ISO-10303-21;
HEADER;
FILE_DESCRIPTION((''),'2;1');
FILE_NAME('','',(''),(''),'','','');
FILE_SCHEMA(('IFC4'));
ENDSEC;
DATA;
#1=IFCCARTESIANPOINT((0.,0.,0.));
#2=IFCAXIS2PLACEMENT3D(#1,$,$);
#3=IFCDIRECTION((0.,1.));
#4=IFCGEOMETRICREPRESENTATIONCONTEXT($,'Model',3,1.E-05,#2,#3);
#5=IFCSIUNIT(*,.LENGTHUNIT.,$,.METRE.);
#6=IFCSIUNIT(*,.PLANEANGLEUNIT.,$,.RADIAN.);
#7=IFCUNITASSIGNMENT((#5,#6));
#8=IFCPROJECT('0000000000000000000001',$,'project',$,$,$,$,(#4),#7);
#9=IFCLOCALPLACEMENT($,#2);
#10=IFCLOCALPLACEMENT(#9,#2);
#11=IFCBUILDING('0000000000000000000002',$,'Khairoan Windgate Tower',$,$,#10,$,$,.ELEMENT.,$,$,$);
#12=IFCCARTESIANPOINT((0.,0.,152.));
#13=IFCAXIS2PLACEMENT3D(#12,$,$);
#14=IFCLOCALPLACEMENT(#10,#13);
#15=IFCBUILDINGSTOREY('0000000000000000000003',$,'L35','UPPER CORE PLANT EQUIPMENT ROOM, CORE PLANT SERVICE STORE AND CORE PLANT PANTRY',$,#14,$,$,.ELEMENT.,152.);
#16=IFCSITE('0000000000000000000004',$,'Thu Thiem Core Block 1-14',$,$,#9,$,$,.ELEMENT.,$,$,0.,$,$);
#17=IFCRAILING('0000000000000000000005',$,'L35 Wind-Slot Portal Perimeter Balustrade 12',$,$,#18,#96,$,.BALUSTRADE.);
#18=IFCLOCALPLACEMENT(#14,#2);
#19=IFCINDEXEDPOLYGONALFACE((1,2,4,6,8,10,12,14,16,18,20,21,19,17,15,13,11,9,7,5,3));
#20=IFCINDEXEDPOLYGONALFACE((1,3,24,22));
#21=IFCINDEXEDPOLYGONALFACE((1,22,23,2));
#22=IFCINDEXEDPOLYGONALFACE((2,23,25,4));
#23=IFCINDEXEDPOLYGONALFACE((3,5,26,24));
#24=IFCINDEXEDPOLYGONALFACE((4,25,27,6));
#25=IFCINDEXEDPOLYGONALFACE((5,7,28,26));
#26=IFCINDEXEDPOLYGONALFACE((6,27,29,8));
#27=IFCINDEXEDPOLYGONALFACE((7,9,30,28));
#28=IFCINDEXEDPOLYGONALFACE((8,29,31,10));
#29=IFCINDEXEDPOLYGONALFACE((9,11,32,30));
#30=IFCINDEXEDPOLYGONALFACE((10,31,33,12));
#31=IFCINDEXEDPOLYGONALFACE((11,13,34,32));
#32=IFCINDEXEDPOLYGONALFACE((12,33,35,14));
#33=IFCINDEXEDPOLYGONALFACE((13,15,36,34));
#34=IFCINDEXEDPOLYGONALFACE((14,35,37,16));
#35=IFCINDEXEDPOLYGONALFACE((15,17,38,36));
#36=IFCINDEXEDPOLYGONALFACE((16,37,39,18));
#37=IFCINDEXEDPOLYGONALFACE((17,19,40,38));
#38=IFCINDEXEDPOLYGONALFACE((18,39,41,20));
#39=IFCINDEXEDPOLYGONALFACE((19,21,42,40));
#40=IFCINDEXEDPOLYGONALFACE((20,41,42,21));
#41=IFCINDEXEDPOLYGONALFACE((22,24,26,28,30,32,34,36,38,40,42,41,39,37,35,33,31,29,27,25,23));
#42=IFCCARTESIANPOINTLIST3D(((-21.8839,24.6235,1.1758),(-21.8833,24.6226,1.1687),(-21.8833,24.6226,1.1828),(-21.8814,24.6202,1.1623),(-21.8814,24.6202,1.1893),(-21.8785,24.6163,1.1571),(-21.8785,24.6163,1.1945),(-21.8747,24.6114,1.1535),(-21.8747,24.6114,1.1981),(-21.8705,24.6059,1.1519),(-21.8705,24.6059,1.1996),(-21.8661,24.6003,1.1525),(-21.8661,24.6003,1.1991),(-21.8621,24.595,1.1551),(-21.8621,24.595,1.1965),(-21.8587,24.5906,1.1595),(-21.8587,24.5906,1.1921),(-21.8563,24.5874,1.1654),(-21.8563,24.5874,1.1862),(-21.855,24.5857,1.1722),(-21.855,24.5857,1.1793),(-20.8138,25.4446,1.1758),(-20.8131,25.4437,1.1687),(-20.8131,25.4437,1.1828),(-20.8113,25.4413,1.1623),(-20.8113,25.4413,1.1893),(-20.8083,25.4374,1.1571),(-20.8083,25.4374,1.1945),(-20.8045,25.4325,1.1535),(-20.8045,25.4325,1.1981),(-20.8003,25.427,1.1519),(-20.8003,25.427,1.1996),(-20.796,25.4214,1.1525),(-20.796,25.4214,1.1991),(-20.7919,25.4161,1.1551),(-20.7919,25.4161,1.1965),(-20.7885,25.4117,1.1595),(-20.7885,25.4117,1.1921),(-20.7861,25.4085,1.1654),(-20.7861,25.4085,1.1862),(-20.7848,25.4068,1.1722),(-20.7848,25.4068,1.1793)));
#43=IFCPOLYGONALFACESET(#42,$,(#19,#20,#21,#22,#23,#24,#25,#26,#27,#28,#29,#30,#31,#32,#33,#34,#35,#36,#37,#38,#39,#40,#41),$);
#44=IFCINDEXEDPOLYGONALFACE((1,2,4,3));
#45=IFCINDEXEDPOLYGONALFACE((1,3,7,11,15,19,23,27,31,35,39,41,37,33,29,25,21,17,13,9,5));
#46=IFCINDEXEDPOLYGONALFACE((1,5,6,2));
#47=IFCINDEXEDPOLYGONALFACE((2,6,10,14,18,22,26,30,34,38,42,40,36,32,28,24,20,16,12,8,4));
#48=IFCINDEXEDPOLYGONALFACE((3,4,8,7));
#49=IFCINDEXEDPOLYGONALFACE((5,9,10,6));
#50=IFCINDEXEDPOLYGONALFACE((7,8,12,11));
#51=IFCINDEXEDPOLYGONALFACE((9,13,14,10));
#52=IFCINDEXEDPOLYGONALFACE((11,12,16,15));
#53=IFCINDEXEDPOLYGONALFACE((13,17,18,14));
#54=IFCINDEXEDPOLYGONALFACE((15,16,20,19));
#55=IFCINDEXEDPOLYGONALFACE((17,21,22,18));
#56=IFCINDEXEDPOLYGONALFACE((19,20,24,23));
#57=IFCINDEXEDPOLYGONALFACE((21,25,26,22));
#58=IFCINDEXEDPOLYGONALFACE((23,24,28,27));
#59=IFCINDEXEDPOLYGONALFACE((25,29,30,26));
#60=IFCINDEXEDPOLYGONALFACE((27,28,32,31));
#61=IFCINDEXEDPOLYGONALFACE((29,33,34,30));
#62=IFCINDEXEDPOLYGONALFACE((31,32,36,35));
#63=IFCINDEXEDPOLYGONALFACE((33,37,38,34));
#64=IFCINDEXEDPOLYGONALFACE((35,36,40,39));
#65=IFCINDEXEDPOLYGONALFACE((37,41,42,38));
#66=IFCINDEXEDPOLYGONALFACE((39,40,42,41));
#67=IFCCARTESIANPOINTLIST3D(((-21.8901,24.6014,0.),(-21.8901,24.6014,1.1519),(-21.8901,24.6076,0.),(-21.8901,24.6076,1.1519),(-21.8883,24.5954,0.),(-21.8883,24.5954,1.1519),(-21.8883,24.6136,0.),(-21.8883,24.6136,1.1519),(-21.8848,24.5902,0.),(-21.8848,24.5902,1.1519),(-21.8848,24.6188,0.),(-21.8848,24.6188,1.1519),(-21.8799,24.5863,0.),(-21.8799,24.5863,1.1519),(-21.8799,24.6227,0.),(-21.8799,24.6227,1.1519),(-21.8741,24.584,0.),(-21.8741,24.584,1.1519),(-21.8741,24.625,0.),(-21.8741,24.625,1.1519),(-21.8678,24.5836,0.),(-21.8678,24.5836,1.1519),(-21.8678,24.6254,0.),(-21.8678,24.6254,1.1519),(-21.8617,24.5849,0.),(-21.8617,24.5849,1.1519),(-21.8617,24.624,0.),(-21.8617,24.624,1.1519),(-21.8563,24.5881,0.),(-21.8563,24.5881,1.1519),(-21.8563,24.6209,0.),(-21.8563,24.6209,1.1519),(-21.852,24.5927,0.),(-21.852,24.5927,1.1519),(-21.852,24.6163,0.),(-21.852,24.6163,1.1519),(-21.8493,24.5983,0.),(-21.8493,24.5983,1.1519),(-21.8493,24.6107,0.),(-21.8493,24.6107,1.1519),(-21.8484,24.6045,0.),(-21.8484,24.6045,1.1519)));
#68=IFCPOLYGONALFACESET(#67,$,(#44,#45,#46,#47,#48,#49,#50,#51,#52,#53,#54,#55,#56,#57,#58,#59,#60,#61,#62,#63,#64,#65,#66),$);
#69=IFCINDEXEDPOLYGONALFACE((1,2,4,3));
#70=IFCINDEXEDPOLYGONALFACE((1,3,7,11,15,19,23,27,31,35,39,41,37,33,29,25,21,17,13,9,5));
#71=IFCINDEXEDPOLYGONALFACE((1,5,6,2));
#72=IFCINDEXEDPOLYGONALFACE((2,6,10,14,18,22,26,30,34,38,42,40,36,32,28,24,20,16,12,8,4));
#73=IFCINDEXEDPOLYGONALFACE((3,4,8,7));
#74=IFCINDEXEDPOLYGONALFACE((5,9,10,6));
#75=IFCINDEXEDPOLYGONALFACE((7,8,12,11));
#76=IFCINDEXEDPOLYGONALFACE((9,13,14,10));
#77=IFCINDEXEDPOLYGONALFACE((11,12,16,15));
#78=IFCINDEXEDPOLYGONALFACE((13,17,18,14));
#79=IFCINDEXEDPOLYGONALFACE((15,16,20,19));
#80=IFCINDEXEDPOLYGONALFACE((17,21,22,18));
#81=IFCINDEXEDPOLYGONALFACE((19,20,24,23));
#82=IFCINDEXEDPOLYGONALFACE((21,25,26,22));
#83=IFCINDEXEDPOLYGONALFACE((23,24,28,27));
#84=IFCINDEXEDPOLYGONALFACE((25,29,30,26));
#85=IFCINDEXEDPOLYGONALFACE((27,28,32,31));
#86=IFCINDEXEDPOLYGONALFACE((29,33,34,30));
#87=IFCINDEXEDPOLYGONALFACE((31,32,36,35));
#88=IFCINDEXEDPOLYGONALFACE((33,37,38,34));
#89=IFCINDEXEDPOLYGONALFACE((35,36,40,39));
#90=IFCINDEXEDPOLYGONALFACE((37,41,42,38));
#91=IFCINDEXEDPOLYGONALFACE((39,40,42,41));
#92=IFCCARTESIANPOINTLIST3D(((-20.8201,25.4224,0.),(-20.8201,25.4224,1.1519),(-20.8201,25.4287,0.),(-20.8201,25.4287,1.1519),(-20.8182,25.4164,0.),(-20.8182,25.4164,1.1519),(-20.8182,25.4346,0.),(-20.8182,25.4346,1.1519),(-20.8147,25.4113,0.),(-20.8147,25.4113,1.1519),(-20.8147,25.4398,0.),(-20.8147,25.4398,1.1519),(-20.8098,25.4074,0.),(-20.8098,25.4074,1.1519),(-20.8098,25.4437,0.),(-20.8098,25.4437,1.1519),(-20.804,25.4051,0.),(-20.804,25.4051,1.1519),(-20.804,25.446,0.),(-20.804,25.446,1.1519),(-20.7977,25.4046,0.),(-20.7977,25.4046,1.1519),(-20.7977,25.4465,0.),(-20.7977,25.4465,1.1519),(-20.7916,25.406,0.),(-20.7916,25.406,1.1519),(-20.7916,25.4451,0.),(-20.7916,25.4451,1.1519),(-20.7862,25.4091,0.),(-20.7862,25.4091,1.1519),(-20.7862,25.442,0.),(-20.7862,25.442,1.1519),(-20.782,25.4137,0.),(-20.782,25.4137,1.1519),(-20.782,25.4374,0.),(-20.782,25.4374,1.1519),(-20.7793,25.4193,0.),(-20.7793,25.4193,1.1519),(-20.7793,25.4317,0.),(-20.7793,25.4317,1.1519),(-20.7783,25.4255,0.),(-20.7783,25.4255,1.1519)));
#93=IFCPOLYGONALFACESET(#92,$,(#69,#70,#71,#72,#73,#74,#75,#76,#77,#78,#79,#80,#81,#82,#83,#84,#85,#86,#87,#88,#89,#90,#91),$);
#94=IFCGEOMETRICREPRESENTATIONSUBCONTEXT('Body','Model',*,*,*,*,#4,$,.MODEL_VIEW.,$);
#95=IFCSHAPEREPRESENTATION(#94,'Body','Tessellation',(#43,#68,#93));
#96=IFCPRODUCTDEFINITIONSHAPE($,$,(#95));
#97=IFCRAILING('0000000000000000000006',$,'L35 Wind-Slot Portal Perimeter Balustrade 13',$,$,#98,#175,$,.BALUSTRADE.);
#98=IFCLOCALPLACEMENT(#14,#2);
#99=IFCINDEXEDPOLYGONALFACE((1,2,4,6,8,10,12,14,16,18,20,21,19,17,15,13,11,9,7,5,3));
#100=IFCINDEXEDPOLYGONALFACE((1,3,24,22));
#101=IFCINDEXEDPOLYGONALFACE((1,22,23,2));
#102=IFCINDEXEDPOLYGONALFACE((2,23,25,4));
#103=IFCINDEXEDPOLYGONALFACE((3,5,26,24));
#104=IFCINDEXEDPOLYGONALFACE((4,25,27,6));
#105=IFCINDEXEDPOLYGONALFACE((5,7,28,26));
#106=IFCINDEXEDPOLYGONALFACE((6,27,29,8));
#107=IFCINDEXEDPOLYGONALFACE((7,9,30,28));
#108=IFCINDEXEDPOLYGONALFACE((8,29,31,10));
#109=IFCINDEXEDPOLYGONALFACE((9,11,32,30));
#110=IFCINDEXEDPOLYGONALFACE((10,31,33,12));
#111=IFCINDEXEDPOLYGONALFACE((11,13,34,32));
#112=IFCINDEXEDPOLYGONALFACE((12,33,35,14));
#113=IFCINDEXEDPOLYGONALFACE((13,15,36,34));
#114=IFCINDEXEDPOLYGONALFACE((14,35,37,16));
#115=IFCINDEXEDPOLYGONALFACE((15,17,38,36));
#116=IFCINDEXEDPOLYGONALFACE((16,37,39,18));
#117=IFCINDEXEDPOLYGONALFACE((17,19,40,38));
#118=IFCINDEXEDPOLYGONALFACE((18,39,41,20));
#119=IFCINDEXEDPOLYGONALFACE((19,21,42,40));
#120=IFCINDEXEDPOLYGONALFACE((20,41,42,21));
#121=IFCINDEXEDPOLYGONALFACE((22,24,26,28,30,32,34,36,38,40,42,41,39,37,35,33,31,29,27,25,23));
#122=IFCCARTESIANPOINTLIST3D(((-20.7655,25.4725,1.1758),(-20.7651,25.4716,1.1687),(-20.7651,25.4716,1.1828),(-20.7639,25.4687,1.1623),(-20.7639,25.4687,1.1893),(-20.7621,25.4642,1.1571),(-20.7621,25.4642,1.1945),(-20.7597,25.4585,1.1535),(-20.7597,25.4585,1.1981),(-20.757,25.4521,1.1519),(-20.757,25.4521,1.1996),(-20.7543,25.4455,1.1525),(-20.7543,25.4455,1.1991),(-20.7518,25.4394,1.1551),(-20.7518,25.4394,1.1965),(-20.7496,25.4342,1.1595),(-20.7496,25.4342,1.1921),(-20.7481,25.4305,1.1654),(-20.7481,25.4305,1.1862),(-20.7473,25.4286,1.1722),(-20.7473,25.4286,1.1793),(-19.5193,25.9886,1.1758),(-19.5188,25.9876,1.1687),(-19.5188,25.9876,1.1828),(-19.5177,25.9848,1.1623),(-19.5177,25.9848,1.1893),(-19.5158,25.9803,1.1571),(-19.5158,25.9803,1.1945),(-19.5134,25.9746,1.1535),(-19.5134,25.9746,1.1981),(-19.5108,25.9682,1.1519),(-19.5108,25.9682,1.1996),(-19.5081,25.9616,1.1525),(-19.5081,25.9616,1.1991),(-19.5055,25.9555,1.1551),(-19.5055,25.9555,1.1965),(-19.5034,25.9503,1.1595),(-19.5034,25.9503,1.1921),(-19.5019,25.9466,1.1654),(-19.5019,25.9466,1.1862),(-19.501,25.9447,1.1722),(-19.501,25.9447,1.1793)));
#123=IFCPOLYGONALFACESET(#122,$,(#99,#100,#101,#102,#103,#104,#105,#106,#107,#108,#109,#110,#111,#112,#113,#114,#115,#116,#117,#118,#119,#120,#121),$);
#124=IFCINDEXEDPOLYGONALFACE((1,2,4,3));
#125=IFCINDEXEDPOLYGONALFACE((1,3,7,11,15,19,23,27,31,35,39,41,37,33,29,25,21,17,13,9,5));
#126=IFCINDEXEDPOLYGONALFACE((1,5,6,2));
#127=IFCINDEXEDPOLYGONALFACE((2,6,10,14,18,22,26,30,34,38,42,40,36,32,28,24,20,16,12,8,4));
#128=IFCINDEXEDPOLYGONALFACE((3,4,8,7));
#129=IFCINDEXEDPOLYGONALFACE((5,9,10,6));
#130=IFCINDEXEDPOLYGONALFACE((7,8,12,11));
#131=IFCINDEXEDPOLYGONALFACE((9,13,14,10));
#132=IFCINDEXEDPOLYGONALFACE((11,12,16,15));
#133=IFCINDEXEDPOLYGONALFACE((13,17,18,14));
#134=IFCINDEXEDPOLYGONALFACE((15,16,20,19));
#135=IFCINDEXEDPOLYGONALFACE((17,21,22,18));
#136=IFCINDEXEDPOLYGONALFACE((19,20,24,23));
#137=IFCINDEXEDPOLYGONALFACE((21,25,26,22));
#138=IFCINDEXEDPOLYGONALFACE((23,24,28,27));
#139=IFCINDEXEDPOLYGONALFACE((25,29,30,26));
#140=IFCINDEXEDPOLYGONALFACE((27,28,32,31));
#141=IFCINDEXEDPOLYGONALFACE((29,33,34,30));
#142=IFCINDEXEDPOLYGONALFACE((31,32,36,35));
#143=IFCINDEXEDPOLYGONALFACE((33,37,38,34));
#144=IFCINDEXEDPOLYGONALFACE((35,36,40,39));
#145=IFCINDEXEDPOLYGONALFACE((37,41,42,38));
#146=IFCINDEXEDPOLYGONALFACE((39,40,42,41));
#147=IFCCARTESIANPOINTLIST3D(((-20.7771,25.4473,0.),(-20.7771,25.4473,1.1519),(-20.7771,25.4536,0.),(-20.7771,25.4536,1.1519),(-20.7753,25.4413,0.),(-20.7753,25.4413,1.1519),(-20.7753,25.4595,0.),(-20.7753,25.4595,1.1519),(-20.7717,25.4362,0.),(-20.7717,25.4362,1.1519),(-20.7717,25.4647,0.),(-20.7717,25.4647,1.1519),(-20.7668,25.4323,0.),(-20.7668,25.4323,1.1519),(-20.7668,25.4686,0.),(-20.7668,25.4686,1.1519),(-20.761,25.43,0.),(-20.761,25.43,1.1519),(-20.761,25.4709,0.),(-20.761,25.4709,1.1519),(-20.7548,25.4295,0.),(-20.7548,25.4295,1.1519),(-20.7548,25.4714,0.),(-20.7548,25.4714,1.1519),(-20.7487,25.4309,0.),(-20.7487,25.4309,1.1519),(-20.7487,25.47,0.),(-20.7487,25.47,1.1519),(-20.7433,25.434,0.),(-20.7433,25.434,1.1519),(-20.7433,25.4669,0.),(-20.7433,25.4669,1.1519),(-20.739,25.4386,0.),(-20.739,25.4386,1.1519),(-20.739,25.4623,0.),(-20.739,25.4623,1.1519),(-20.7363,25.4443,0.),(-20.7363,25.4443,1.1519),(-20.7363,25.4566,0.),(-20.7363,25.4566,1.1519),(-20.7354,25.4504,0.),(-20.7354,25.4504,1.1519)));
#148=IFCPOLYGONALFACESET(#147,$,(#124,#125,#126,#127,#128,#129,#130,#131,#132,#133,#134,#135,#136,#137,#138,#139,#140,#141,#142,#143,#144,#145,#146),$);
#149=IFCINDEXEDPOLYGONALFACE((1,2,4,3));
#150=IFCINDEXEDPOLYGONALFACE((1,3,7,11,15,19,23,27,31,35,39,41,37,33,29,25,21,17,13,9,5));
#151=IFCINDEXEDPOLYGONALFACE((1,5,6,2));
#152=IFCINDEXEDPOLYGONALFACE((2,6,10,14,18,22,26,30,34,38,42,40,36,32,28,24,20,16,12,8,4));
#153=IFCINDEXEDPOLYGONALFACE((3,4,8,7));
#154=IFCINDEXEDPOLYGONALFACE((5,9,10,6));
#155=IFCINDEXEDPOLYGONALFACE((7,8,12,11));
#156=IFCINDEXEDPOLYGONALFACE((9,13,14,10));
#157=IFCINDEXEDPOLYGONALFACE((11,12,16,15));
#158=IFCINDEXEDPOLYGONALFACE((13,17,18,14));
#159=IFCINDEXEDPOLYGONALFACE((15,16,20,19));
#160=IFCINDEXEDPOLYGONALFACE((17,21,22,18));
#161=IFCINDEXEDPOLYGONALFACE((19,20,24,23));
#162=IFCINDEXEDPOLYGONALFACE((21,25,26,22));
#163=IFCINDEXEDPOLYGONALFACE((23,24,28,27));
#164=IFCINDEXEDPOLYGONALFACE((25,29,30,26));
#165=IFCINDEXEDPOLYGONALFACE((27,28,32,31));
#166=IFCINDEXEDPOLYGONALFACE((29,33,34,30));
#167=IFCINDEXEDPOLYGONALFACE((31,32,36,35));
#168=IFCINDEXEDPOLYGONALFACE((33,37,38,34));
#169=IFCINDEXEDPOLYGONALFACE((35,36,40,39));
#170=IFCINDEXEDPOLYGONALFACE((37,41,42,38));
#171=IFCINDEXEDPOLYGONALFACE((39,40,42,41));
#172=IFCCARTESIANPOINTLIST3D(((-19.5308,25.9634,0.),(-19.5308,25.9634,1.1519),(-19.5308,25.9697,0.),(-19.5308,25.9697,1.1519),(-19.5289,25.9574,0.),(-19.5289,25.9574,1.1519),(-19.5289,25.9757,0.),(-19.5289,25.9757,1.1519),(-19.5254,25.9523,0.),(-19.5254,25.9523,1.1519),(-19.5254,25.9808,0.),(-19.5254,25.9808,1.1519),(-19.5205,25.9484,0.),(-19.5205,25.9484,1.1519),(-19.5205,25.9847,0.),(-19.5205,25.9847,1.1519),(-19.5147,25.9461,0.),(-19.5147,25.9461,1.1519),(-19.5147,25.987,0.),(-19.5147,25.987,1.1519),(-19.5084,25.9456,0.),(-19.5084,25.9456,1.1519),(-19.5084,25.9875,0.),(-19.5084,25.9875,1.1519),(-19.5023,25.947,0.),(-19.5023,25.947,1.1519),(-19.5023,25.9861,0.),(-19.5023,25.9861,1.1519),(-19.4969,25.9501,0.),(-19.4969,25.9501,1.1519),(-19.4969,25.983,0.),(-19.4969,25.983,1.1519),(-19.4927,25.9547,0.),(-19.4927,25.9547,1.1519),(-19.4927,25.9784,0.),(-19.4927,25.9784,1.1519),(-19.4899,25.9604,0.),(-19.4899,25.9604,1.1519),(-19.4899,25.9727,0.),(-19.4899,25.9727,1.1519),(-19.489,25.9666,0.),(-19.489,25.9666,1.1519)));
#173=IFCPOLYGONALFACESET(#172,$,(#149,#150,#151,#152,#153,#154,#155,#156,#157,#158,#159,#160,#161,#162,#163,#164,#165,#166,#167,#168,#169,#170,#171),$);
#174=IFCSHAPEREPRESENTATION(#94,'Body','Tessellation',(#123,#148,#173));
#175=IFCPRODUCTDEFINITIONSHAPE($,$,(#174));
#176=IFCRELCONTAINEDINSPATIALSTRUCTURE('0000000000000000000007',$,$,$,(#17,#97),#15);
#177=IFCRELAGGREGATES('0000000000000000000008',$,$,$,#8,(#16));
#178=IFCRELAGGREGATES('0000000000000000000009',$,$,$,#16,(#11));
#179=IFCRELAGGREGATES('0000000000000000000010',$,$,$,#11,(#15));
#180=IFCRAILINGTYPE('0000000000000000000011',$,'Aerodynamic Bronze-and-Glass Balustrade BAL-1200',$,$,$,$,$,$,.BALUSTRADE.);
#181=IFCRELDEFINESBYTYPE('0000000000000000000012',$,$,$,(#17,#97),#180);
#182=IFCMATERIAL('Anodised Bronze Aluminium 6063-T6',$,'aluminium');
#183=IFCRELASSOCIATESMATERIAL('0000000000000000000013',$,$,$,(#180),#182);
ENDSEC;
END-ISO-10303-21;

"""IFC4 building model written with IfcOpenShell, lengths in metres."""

from ifc_helpers import new_model, si_unit, direction, frame, origin, origin_2d, place, context, subcontext, project, spatial, circle, extrude, material, type_object, element, save


model = new_model("IFC4")

# Units and contexts
model_context = context("Model", 3, precision=1e-05, world=origin(), true_north=direction((0.0, 1.0)))
body_context = subcontext(model_context, "Body", "Model", "MODEL_VIEW")
ifc_project = project(units=[si_unit("LENGTHUNIT", "METRE"), si_unit("PLANEANGLEUNIT", "RADIAN")], contexts=[model_context])

# Site, building, storey
site_placement = place(None, origin())
site = spatial("IfcSite", under=ifc_project, at=site_placement, Name="Thu Thiem Core Block 1-14", CompositionType="ELEMENT", RefElevation=0.0)
building_placement = place(site_placement, origin())
building = spatial("IfcBuilding", under=site, at=building_placement, Name="Khairoan Windgate Tower", CompositionType="ELEMENT")
storey_placement = place(building_placement, frame((0.0, 0.0, 152.0)))
storey = spatial("IfcBuildingStorey", under=building, at=storey_placement, Name="L35", Description="UPPER CORE PLANT EQUIPMENT ROOM, CORE PLANT SERVICE STORE AND CORE PLANT PANTRY", CompositionType="ELEMENT", Elevation=152.0)

# Railings
ifc_material_1 = material(Name="Anodised Bronze Aluminium 6063-T6", Category="aluminium")
railing_type_1 = type_object("IfcRailingType", Name="Aerodynamic Bronze-and-Glass Balustrade BAL-1200", PredefinedType="BALUSTRADE", material=ifc_material_1)
railing_1_placement = place(storey_placement, frame((-21.8694, 24.6045, 0.0)))
element("IfcRailing", 1, at=railing_1_placement, inside=storey, type_object=railing_type_1, Name="L35 Wind-Slot Portal Perimeter Balustrade 12", PredefinedType="BALUSTRADE", context=body_context, shape_type="SweptSolid", body=[
    extrude(circle(Radius=0.0239, at=origin_2d()), frame((0.0, 0.0, 1.1758), z_axis=(0.79337, 0.608739, 0.0), x_axis=(-0.608739, 0.79337, 0.0)), (0.0, 0.0, 1.0), 1.3489),
    extrude(circle(Radius=0.021, at=origin_2d()), origin(), (0.0, 0.0, 1.0), 1.1519),
    extrude(circle(Radius=0.021, at=origin_2d()), frame((1.0701, 0.821, 0.0)), (0.0, 0.0, 1.0), 1.1519),
])
railing_2_placement = place(storey_placement, frame((-20.7563, 25.4504, 0.0)))
element("IfcRailing", 2, at=railing_2_placement, inside=storey, type_object=railing_type_1, Name="L35 Wind-Slot Portal Perimeter Balustrade 13", PredefinedType="BALUSTRADE", context=body_context, shape_type="SweptSolid", body=[
    extrude(circle(Radius=0.0239, at=origin_2d()), frame((0.0, 0.0, 1.1758), z_axis=(0.923915, 0.382597, 0.0), x_axis=(-0.382597, 0.923915, 0.0)), (0.0, 0.0, 1.0), 1.3489),
    extrude(circle(Radius=0.021, at=origin_2d()), origin(), (0.0, 0.0, 1.0), 1.1519),
    extrude(circle(Radius=0.021, at=origin_2d()), frame((1.2463, 0.5161, 0.0)), (0.0, 0.0, 1.0), 1.1519),
])

save(model, "model.ifc")
